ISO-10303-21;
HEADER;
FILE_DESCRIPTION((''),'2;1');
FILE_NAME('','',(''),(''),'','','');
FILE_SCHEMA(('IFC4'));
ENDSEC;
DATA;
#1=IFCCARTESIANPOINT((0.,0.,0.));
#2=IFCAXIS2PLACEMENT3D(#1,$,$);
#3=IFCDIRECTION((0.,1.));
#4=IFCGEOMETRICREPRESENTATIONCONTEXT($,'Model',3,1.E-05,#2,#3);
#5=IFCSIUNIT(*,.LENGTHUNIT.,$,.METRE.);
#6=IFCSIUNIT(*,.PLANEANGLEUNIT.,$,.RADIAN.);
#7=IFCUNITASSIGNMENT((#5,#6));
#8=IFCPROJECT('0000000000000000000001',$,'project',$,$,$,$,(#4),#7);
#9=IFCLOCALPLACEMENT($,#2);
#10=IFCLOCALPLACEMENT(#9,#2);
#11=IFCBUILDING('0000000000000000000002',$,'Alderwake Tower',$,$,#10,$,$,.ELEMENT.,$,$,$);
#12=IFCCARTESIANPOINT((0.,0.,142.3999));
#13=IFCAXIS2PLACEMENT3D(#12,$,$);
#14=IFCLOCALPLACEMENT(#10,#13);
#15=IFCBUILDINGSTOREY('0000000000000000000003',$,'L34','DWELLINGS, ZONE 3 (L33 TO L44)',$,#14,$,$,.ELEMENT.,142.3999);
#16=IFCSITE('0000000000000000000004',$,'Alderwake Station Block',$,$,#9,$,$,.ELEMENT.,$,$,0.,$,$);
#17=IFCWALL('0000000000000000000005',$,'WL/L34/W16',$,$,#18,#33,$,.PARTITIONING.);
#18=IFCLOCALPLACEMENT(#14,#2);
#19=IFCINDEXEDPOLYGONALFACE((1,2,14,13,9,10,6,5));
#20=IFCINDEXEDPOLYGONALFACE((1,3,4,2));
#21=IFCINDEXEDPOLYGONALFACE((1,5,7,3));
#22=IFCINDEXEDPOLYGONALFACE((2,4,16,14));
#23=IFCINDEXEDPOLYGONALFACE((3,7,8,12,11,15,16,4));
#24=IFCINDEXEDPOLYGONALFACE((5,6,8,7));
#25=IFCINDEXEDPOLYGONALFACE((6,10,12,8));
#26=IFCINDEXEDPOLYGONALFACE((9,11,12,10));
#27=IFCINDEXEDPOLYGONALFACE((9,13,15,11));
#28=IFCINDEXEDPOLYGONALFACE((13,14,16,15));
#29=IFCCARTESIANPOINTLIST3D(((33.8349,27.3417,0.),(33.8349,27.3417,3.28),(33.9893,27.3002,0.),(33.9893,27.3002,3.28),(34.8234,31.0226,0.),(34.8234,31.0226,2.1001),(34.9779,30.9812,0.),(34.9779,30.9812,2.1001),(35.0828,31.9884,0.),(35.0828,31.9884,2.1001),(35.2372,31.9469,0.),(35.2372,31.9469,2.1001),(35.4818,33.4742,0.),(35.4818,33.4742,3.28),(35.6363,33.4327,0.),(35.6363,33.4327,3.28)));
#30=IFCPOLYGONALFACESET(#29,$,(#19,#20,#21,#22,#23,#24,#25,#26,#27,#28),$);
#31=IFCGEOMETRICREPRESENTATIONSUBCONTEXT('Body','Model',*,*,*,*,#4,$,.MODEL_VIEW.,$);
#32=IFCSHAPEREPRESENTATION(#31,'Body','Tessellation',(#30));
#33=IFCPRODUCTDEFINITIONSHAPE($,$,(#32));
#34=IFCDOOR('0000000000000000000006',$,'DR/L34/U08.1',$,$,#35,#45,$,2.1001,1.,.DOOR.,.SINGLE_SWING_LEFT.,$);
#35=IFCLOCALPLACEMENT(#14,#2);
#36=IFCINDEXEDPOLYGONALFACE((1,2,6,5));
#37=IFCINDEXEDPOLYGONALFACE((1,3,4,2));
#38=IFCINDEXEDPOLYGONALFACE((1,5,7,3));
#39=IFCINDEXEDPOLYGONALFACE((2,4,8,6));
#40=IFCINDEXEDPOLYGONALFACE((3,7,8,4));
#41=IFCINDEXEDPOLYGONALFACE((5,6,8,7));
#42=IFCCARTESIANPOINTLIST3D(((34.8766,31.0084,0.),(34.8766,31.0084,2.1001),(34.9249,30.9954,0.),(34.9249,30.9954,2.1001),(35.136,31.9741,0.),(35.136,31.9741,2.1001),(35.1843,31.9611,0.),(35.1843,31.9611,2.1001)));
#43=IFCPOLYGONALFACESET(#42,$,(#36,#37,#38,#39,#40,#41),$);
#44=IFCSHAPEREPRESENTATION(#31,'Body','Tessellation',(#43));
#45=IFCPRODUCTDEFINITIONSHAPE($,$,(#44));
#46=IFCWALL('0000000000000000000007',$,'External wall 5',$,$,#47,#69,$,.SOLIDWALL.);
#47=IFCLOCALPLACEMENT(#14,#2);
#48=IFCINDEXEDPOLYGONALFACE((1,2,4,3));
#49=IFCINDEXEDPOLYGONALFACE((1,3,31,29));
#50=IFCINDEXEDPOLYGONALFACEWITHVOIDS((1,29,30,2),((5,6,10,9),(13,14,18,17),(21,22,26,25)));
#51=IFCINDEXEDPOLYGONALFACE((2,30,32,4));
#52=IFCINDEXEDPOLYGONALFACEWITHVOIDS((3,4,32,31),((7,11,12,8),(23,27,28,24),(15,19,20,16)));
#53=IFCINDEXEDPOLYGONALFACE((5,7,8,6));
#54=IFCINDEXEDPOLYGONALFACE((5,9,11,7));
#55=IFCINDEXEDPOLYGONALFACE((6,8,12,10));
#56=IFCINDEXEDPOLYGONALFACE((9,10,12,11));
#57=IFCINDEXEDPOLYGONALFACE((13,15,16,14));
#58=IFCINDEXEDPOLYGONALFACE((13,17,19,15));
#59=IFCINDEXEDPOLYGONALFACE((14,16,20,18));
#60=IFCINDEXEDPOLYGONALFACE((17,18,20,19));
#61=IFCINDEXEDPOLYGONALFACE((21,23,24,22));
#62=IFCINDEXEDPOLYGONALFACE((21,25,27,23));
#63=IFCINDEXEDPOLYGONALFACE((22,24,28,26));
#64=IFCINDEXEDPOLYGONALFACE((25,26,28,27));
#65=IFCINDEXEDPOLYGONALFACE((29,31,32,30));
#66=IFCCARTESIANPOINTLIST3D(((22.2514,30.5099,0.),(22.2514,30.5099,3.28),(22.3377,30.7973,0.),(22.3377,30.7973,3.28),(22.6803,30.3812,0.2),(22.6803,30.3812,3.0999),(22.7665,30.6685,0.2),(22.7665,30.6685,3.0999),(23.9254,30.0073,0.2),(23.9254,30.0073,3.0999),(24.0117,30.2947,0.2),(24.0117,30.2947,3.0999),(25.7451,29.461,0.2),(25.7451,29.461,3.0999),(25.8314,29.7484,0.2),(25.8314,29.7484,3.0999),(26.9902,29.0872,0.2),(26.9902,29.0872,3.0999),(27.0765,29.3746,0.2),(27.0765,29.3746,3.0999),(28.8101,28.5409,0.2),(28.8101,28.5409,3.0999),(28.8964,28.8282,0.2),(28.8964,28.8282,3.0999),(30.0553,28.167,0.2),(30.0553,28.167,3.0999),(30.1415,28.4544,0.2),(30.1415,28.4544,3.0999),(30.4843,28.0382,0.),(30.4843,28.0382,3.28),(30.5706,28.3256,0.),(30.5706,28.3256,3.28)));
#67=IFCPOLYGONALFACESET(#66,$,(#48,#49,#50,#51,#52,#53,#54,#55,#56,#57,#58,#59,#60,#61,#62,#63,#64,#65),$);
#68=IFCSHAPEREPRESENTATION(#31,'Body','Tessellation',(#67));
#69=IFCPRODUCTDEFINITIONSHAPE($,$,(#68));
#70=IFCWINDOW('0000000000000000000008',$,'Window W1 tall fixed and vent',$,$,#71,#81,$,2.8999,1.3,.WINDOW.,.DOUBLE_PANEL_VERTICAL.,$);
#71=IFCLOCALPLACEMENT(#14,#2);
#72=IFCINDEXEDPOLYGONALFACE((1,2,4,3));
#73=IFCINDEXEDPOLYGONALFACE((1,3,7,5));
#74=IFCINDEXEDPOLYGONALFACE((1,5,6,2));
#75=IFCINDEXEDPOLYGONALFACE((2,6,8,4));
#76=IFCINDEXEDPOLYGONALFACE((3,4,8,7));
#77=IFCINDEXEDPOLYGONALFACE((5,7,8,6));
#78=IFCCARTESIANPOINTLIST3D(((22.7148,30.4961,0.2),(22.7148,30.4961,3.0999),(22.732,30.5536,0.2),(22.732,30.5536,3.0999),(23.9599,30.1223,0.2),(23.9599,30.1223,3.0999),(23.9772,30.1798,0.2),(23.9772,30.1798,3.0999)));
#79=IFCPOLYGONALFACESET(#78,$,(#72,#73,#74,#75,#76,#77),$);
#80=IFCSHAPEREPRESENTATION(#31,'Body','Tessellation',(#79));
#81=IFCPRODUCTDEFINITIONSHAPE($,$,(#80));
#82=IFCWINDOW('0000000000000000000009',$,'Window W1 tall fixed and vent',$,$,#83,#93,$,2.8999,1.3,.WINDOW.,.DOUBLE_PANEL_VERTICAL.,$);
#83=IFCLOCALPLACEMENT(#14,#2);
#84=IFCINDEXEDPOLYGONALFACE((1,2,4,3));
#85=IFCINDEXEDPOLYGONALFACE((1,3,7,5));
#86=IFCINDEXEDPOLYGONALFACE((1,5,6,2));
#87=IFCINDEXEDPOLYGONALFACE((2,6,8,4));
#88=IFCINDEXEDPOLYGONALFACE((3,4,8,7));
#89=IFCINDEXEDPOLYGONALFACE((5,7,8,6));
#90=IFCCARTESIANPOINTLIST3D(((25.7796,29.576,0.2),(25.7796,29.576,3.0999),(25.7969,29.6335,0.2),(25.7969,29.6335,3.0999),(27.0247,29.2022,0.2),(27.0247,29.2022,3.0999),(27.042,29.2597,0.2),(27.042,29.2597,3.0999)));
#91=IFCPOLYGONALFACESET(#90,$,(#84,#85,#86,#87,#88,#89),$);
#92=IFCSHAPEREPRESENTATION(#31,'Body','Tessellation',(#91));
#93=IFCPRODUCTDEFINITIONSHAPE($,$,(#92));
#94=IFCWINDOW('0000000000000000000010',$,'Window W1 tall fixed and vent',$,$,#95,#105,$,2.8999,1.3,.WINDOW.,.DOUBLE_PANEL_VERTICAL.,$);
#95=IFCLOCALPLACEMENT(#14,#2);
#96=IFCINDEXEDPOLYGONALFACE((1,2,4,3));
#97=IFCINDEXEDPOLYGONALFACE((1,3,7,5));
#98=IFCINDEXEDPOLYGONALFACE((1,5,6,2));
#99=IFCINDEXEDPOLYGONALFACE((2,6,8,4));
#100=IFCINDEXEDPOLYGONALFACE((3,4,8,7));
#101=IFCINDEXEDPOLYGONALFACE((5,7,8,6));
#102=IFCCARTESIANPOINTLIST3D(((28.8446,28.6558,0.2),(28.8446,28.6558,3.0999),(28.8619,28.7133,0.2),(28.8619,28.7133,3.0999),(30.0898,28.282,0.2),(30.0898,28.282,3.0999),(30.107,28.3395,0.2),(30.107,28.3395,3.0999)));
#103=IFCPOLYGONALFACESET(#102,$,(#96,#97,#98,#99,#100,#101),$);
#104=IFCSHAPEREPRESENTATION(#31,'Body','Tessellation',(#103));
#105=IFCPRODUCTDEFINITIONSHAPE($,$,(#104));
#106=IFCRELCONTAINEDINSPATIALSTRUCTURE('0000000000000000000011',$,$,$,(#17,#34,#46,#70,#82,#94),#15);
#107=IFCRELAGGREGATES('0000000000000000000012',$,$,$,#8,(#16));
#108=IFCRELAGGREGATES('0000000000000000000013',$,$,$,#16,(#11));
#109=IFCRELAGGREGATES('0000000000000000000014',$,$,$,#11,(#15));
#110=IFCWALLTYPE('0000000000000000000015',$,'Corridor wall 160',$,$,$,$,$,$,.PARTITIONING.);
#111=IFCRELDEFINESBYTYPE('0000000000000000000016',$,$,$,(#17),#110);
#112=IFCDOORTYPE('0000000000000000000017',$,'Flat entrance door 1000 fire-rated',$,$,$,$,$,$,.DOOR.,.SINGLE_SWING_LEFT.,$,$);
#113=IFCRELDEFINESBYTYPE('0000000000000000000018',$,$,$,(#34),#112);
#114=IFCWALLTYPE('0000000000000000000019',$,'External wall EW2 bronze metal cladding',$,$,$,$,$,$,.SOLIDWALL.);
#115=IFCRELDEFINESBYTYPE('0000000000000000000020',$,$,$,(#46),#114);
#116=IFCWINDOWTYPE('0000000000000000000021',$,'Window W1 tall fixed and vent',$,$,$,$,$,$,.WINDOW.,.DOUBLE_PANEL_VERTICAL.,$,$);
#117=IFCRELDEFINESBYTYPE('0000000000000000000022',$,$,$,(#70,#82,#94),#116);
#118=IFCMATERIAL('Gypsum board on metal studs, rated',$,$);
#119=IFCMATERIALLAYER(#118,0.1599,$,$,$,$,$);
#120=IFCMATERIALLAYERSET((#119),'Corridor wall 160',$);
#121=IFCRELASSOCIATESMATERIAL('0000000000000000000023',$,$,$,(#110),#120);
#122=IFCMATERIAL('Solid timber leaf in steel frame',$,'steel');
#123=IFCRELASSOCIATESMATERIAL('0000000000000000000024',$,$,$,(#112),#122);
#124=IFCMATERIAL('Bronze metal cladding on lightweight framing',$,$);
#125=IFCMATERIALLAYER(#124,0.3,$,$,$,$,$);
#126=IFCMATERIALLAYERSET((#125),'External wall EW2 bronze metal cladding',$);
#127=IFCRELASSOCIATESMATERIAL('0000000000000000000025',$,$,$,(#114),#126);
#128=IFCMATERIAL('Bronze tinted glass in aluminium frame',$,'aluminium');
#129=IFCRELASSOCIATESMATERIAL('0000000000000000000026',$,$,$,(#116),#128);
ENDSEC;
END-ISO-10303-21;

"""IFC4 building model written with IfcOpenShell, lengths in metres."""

from ifc_helpers import new_model, si_unit, direction, frame, frame_2d, origin, place, context, subcontext, project, spatial, rectangle, extrude, material, layer, layer_set, type_object, element, fill, save


model = new_model("IFC4")

# Units and contexts
model_context = context("Model", 3, precision=1e-05, world=origin(), true_north=direction((0.0, 1.0)))
body_context = subcontext(model_context, "Body", "Model", "MODEL_VIEW")
ifc_project = project(units=[si_unit("LENGTHUNIT", "METRE"), si_unit("PLANEANGLEUNIT", "RADIAN")], contexts=[model_context])

# Site, building, storey
site_placement = place(None, origin())
site = spatial("IfcSite", under=ifc_project, at=site_placement, Name="Alderwake Station Block", CompositionType="ELEMENT", RefElevation=0.0)
building_placement = place(site_placement, origin())
building = spatial("IfcBuilding", under=site, at=building_placement, Name="Alderwake Tower", CompositionType="ELEMENT")
storey_placement = place(building_placement, frame((0.0, 0.0, 142.3999)))
storey = spatial("IfcBuildingStorey", under=building, at=storey_placement, Name="L34", Description="DWELLINGS, ZONE 3 (L33 TO L44)", CompositionType="ELEMENT", Elevation=142.3999)

# Wall, opening, door
ifc_material_1 = material(Name="Gypsum board on metal studs, rated")
ifc_layer_1 = layer(ifc_material_1, 0.1599)
ifc_layer_set_1 = layer_set([ifc_layer_1], Name="Corridor wall 160")
wall_type_1 = type_object("IfcWallType", Name="Corridor wall 160", PredefinedType="PARTITIONING", material=ifc_layer_set_1)
wall_1_placement = place(storey_placement, frame((33.9121, 27.321, 0.0), z_axis=(0.0, 0.0, 1.0), x_axis=(0.259371, 0.965778, 0.0)))
wall_1 = element("IfcWall", 1, at=wall_1_placement, inside=storey, type_object=wall_type_1, Name="WL/L34/W16", PredefinedType="PARTITIONING", context=body_context, shape_type="SweptSolid", body=[
    extrude(rectangle(XDim=6.3499, YDim=0.1599, at=frame_2d((3.1748, 0.0))), origin(), (0.0, 0.0, 1.0), 3.28),
])
opening_1_placement = place(wall_1_placement, frame((3.8113, 0.0, 0.0)))
opening_1 = element("IfcOpeningElement", 2, at=opening_1_placement, cuts=wall_1, PredefinedType="OPENING", context=body_context, shape_type="SweptSolid", body=[
    extrude(rectangle(XDim=1.0, YDim=2.1001, at=frame_2d((0.5, 1.05))), frame((0.0, 0.0898, 0.0), z_axis=(0.0, -1.0, 0.0), x_axis=(1.0, 0.0, 0.0)), (0.0, 0.0, 1.0), 0.1799),
])
ifc_material_2 = material(Name="Solid timber leaf in steel frame", Category="steel")
door_type_1 = type_object("IfcDoorType", Name="Flat entrance door 1000 fire-rated", OperationType="SINGLE_SWING_LEFT", PredefinedType="DOOR", material=ifc_material_2)
door_1_placement = place(opening_1_placement, origin())
door_1 = element("IfcDoor", 3, at=door_1_placement, inside=storey, type_object=door_type_1, Name="DR/L34/U08.1", OperationType="SINGLE_SWING_LEFT", OverallHeight=2.1001, OverallWidth=1.0, PredefinedType="DOOR", context=body_context, shape_type="SweptSolid", body=[
    extrude(rectangle(XDim=1.0, YDim=2.1001, at=frame_2d((0.5, 1.05))), frame((0.0, 0.0249, 0.0), z_axis=(0.0, -1.0, 0.0), x_axis=(1.0, 0.0, 0.0)), (0.0, 0.0, 1.0), 0.05),
])
fill(opening_1, door_1)

# Wall, openings, windows
ifc_material_3 = material(Name="Bronze metal cladding on lightweight framing")
ifc_layer_2 = layer(ifc_material_3, 0.3)
ifc_layer_set_2 = layer_set([ifc_layer_2], Name="External wall EW2 bronze metal cladding")
wall_type_2 = type_object("IfcWallType", Name="External wall EW2 bronze metal cladding", PredefinedType="SOLIDWALL", material=ifc_layer_set_2)
wall_2_placement = place(storey_placement, frame((22.2947, 30.6536, 0.0), z_axis=(0.0, 0.0, 1.0), x_axis=(0.957768, -0.287541, 0.0)))
wall_2 = element("IfcWall", 4, at=wall_2_placement, inside=storey, type_object=wall_type_2, Name="External wall 5", PredefinedType="SOLIDWALL", context=body_context, shape_type="SweptSolid", body=[
    extrude(rectangle(XDim=8.5959, YDim=0.3, at=frame_2d((4.2979, 0.0))), origin(), (0.0, 0.0, 1.0), 3.28),
])
opening_2_placement = place(wall_2_placement, frame((0.4478, 0.0, 0.2)))
opening_2 = element("IfcOpeningElement", 5, at=opening_2_placement, cuts=wall_2, PredefinedType="OPENING", context=body_context, shape_type="SweptSolid", body=[
    extrude(rectangle(XDim=1.3, YDim=2.8999, at=frame_2d((0.6499, 1.45))), frame((0.0, 0.1599, 0.0), z_axis=(0.0, -1.0, 0.0), x_axis=(1.0, 0.0, 0.0)), (0.0, 0.0, 1.0), 0.3201),
])
opening_3_placement = place(wall_2_placement, frame((3.6477, 0.0, 0.2)))
opening_3 = element("IfcOpeningElement", 6, at=opening_3_placement, cuts=wall_2, PredefinedType="OPENING", context=body_context, shape_type="SweptSolid", body=[
    extrude(rectangle(XDim=1.3, YDim=2.8999, at=frame_2d((0.6499, 1.45))), frame((0.0, 0.1599, 0.0), z_axis=(0.0, -1.0, 0.0), x_axis=(1.0, 0.0, 0.0)), (0.0, 0.0, 1.0), 0.3201),
])
opening_4_placement = place(wall_2_placement, frame((6.8479, 0.0, 0.2)))
opening_4 = element("IfcOpeningElement", 7, at=opening_4_placement, cuts=wall_2, PredefinedType="OPENING", context=body_context, shape_type="SweptSolid", body=[
    extrude(rectangle(XDim=1.3, YDim=2.8999, at=frame_2d((0.6499, 1.45))), frame((0.0, 0.1599, 0.0), z_axis=(0.0, -1.0, 0.0), x_axis=(1.0, 0.0, 0.0)), (0.0, 0.0, 1.0), 0.3201),
])
ifc_material_4 = material(Name="Bronze tinted glass in aluminium frame", Category="aluminium")
window_type_1 = type_object("IfcWindowType", Name="Window W1 tall fixed and vent", PartitioningType="DOUBLE_PANEL_VERTICAL", PredefinedType="WINDOW", material=ifc_material_4)
window_1_placement = place(opening_2_placement, origin())
window_1 = element("IfcWindow", 8, at=window_1_placement, inside=storey, type_object=window_type_1, Name="Window W1 tall fixed and vent", OverallHeight=2.8999, OverallWidth=1.3, PartitioningType="DOUBLE_PANEL_VERTICAL", PredefinedType="WINDOW", context=body_context, shape_type="SweptSolid", body=[
    extrude(rectangle(XDim=1.3, YDim=2.8999, at=frame_2d((0.6499, 1.45))), frame((0.0, 0.03, 0.0), z_axis=(0.0, -1.0, 0.0), x_axis=(1.0, 0.0, 0.0)), (0.0, 0.0, 1.0), 0.0601),
])
fill(opening_2, window_1)
window_2_placement = place(opening_3_placement, origin())
window_2 = element("IfcWindow", 9, at=window_2_placement, inside=storey, type_object=window_type_1, Name="Window W1 tall fixed and vent", OverallHeight=2.8999, OverallWidth=1.3, PartitioningType="DOUBLE_PANEL_VERTICAL", PredefinedType="WINDOW", context=body_context, shape_type="SweptSolid", body=[
    extrude(rectangle(XDim=1.3, YDim=2.8999, at=frame_2d((0.6499, 1.45))), frame((0.0, 0.03, 0.0), z_axis=(0.0, -1.0, 0.0), x_axis=(1.0, 0.0, 0.0)), (0.0, 0.0, 1.0), 0.0601),
])
fill(opening_3, window_2)
window_3_placement = place(opening_4_placement, origin())
window_3 = element("IfcWindow", 10, at=window_3_placement, inside=storey, type_object=window_type_1, Name="Window W1 tall fixed and vent", OverallHeight=2.8999, OverallWidth=1.3, PartitioningType="DOUBLE_PANEL_VERTICAL", PredefinedType="WINDOW", context=body_context, shape_type="SweptSolid", body=[
    extrude(rectangle(XDim=1.3, YDim=2.8999, at=frame_2d((0.6499, 1.45))), frame((0.0, 0.03, 0.0), z_axis=(0.0, -1.0, 0.0), x_axis=(1.0, 0.0, 0.0)), (0.0, 0.0, 1.0), 0.0601),
])
fill(opening_4, window_3)

save(model, "model.ifc")
